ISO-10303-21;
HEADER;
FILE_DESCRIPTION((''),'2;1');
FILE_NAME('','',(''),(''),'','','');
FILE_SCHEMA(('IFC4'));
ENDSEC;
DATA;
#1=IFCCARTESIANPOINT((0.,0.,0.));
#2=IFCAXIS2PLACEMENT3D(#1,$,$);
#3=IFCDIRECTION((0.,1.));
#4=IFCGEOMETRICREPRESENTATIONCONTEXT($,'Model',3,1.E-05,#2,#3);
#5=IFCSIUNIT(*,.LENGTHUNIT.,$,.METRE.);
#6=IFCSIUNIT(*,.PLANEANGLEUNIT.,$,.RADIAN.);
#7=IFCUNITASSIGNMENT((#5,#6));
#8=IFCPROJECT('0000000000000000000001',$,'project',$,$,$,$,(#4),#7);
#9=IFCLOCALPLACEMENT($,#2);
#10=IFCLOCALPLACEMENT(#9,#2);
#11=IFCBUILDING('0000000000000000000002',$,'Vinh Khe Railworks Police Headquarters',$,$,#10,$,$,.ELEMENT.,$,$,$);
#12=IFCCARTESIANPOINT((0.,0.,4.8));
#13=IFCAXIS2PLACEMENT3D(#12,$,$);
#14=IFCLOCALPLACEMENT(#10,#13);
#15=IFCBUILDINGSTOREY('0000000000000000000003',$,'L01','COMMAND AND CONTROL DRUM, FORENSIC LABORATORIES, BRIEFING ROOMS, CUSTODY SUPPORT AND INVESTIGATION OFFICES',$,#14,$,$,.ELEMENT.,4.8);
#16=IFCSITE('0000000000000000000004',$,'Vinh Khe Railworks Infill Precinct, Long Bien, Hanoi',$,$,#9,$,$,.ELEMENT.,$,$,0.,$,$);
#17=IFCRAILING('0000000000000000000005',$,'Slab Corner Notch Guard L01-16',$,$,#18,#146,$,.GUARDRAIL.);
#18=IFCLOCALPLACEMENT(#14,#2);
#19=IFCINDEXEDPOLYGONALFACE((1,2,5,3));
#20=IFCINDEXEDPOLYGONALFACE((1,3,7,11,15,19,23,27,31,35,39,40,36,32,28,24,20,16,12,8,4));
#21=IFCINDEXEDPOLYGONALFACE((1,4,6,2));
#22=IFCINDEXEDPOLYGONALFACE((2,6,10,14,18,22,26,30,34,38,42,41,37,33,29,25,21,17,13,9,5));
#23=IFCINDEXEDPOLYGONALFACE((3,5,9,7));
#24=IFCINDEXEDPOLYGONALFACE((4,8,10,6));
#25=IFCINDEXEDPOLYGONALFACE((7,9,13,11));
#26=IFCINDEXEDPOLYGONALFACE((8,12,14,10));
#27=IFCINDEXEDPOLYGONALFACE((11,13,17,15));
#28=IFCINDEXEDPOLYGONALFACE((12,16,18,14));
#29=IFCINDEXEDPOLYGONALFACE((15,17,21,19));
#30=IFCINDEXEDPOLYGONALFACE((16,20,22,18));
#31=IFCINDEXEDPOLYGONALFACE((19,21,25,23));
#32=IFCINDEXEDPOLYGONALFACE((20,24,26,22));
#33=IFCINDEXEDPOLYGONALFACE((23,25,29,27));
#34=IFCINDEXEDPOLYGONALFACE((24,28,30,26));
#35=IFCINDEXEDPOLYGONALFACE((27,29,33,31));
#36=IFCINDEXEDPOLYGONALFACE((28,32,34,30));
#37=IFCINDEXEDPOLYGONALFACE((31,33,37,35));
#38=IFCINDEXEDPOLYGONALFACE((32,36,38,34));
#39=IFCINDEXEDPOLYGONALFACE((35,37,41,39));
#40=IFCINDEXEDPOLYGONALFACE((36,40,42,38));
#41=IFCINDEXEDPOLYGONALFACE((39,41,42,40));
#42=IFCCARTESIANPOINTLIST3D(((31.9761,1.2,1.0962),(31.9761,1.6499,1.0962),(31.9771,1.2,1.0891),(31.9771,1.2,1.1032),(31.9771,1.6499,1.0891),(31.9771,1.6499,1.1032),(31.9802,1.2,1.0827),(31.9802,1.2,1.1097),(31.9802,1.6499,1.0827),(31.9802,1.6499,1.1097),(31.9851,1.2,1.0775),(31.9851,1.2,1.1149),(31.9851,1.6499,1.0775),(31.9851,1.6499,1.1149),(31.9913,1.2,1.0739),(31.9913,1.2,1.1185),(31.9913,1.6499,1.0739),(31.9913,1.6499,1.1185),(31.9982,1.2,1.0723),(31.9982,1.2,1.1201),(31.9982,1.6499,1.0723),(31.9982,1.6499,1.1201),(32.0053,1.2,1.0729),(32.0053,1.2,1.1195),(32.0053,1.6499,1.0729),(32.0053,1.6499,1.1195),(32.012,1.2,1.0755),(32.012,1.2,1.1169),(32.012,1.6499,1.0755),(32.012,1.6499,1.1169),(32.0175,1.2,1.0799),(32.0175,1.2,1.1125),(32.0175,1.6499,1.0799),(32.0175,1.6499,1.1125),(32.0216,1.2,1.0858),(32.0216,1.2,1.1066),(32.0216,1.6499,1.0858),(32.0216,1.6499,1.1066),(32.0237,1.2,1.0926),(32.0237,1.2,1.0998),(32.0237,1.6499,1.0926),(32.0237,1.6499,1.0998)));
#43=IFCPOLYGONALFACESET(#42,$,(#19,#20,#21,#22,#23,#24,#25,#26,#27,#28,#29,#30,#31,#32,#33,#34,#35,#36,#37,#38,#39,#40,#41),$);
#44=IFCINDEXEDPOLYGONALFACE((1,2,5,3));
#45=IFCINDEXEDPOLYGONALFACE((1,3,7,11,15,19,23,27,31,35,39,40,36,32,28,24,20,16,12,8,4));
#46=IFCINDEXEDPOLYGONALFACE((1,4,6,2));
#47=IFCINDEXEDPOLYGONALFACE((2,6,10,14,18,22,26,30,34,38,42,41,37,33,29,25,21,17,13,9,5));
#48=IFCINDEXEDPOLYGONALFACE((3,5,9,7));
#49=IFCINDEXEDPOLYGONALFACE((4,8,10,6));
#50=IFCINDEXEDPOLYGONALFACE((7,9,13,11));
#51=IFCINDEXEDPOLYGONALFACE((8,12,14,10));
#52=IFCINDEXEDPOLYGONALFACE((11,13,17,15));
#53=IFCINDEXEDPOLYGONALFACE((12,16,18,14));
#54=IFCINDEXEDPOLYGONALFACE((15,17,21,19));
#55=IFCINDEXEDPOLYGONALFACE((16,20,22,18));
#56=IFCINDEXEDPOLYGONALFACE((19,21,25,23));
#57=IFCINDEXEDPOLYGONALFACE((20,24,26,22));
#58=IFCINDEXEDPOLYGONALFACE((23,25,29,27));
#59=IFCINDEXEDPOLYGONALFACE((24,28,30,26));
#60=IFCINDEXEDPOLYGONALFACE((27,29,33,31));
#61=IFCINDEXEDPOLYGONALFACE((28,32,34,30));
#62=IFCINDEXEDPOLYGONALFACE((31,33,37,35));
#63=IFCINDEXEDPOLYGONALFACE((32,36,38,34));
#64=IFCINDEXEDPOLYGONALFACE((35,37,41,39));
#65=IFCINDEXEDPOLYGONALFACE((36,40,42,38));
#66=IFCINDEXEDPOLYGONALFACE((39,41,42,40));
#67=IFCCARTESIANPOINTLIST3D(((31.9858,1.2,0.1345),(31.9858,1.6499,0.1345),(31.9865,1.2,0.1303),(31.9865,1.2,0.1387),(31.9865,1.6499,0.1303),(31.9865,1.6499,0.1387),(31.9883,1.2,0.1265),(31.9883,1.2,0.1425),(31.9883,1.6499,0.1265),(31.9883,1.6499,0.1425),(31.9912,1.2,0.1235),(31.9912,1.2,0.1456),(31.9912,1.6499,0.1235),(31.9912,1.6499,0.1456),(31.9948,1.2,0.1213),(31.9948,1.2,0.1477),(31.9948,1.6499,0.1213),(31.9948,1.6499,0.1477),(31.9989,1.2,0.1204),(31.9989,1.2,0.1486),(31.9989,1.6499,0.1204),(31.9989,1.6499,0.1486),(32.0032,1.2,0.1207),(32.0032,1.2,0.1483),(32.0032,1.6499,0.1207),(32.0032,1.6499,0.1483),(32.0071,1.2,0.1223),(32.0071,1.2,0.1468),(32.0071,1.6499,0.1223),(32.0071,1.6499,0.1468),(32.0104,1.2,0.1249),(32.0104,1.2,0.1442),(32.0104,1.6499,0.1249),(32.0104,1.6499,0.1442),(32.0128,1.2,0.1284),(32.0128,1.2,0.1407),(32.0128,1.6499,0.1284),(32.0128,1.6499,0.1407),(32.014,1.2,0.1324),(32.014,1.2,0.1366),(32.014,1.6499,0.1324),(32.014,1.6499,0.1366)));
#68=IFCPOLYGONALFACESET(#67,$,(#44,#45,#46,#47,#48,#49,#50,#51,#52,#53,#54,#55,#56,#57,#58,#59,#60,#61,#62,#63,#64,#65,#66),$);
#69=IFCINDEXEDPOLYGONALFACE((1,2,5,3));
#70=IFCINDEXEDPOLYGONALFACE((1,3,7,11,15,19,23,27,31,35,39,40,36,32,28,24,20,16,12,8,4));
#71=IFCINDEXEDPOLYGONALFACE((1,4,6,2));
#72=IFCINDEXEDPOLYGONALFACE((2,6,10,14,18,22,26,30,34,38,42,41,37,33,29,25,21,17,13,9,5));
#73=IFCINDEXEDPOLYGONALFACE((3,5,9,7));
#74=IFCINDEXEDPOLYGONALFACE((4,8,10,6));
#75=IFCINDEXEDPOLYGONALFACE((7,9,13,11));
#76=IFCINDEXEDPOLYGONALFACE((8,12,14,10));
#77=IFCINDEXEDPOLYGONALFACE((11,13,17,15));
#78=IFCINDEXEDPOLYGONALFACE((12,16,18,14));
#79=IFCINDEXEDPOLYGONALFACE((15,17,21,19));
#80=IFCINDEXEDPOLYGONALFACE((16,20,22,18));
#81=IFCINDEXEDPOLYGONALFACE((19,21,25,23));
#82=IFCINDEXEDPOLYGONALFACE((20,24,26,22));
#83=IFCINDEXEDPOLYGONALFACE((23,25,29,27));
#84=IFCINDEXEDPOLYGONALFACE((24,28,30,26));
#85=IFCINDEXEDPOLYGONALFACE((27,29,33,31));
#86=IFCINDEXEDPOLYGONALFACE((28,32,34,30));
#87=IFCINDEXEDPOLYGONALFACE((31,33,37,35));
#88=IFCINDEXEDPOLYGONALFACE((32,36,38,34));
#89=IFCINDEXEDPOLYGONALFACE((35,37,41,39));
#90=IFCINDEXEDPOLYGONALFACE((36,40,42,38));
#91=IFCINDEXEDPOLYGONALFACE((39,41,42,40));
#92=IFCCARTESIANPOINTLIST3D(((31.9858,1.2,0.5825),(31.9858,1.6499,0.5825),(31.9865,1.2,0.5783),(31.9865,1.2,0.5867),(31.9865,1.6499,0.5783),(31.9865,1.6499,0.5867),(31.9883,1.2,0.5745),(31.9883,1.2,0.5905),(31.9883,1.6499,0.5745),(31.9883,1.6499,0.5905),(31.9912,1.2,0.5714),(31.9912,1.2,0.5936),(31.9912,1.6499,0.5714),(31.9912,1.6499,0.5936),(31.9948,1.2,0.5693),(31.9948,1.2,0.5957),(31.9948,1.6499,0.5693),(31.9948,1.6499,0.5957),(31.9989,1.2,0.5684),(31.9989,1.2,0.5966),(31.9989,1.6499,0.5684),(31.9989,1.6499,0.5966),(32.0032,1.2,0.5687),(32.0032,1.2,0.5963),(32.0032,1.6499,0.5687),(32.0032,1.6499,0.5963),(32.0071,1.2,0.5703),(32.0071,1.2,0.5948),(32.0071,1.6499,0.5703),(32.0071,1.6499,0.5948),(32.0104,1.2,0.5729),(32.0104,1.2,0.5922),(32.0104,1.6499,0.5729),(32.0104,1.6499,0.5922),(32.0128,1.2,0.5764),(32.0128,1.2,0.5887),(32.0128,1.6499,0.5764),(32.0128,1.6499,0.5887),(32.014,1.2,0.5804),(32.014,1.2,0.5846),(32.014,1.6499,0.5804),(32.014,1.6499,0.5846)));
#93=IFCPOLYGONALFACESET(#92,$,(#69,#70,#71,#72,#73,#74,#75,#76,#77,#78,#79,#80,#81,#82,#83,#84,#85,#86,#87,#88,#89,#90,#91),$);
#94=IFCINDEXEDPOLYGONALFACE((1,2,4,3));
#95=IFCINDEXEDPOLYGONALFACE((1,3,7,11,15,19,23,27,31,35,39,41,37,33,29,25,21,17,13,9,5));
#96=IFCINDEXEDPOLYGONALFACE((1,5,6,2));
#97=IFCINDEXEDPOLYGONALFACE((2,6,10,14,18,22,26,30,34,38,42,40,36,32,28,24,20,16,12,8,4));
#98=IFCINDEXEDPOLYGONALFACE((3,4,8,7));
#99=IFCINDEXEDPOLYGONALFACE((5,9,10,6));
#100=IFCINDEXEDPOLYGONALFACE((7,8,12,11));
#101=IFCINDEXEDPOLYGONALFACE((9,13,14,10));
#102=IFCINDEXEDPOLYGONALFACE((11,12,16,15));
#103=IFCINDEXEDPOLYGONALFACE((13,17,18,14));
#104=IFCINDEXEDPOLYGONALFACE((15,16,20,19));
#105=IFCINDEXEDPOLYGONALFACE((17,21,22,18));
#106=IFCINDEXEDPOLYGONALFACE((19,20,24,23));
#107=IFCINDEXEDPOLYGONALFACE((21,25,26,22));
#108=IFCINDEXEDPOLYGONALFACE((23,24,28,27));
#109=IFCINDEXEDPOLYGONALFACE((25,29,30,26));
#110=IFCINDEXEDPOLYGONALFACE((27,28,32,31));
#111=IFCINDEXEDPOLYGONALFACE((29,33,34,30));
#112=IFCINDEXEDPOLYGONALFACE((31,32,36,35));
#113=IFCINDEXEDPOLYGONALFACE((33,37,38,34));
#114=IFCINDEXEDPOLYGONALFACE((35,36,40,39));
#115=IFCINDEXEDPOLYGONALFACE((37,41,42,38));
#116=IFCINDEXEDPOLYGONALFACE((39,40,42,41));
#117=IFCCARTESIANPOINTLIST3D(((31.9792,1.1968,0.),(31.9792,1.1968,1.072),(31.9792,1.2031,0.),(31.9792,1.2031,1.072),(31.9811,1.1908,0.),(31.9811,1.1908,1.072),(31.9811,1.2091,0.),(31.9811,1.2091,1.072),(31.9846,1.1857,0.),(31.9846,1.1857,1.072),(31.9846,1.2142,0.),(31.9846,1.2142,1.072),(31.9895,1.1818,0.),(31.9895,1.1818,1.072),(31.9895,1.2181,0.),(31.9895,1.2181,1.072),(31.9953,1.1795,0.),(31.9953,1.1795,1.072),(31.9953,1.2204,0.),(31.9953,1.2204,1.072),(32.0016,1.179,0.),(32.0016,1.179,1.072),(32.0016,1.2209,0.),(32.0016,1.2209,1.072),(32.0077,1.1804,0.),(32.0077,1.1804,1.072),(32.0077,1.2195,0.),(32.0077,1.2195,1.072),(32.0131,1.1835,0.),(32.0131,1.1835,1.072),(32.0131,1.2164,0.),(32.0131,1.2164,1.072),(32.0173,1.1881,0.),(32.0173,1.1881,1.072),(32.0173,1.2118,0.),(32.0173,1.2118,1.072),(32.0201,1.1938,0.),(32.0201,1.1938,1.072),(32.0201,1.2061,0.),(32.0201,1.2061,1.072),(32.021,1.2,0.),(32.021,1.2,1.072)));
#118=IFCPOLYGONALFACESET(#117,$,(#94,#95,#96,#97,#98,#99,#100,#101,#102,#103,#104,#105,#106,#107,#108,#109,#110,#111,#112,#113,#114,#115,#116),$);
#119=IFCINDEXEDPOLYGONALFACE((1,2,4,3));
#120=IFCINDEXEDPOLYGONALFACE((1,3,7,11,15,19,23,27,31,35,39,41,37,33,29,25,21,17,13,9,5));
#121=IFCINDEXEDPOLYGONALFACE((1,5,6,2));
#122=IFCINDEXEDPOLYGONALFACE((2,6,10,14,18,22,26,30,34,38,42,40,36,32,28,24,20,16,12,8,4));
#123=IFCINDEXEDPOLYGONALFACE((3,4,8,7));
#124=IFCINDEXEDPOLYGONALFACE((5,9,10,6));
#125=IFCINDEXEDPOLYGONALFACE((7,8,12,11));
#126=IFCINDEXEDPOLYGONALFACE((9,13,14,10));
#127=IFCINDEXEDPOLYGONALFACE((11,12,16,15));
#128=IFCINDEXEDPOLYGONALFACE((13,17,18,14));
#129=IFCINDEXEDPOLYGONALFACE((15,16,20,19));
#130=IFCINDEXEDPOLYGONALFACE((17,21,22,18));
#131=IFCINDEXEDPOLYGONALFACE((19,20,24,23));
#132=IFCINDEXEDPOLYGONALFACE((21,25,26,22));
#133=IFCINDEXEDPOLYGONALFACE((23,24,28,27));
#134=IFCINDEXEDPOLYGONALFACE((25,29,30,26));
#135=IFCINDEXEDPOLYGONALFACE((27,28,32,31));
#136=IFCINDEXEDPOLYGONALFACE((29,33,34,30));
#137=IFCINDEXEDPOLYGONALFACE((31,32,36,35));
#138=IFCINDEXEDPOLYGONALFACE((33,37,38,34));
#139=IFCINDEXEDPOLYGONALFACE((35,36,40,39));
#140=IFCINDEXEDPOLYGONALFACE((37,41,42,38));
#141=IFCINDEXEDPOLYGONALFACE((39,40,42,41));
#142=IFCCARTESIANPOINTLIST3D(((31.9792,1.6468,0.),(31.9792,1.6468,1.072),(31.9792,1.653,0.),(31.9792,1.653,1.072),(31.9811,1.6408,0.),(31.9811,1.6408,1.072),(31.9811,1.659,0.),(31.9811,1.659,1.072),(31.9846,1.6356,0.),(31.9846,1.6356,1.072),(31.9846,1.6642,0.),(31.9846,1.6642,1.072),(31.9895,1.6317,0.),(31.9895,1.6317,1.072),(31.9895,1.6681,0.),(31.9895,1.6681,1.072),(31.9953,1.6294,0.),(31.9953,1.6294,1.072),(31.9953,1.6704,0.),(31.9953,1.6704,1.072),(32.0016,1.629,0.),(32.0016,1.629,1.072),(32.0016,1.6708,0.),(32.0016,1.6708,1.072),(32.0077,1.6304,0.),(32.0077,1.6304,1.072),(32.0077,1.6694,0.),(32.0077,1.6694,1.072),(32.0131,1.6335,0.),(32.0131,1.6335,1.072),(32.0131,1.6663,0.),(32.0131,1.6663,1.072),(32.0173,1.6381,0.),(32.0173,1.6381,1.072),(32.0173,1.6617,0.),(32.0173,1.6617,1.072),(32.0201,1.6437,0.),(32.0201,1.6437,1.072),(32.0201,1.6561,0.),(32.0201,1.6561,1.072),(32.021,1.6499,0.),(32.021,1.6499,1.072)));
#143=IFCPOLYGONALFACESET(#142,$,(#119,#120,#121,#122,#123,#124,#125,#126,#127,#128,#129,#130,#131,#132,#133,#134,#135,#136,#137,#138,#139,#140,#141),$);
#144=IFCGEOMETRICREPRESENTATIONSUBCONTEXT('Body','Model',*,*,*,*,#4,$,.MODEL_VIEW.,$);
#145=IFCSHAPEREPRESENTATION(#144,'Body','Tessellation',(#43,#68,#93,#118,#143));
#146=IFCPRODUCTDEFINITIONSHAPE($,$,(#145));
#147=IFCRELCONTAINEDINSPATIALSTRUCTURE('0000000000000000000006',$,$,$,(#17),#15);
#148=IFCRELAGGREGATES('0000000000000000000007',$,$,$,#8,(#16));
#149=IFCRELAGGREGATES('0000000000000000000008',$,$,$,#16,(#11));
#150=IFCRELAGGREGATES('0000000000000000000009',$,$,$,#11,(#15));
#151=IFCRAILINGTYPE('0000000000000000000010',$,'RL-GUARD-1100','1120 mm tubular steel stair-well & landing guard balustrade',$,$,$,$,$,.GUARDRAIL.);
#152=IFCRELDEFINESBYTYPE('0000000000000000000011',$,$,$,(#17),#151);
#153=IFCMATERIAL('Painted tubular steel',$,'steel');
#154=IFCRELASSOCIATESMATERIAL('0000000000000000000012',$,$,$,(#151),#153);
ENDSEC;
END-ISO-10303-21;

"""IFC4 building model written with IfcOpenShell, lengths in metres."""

from ifc_helpers import new_model, si_unit, direction, frame, origin, origin_2d, place, context, subcontext, project, spatial, circle, extrude, material, type_object, element, save


model = new_model("IFC4")

# Units and contexts
model_context = context("Model", 3, precision=1e-05, world=origin(), true_north=direction((0.0, 1.0)))
body_context = subcontext(model_context, "Body", "Model", "MODEL_VIEW")
ifc_project = project(units=[si_unit("LENGTHUNIT", "METRE"), si_unit("PLANEANGLEUNIT", "RADIAN")], contexts=[model_context])

# Site, building, storey
site_placement = place(None, origin())
site = spatial("IfcSite", under=ifc_project, at=site_placement, Name="Vinh Khe Railworks Infill Precinct, Long Bien, Hanoi", CompositionType="ELEMENT", RefElevation=0.0)
building_placement = place(site_placement, origin())
building = spatial("IfcBuilding", under=site, at=building_placement, Name="Vinh Khe Railworks Police Headquarters", CompositionType="ELEMENT")
storey_placement = place(building_placement, frame((0.0, 0.0, 4.8)))
storey = spatial("IfcBuildingStorey", under=building, at=storey_placement, Name="L01", Description="COMMAND AND CONTROL DRUM, FORENSIC LABORATORIES, BRIEFING ROOMS, CUSTODY SUPPORT AND INVESTIGATION OFFICES", CompositionType="ELEMENT", Elevation=4.8)

# Railing
ifc_material_1 = material(Name="Painted tubular steel", Category="steel")
railing_type = type_object("IfcRailingType", Name="RL-GUARD-1100", Description="1120 mm tubular steel stair-well & landing guard balustrade", PredefinedType="GUARDRAIL", material=ifc_material_1)
railing_1_placement = place(storey_placement, frame((32.0, 1.2, 0.0)))
element("IfcRailing", 1, at=railing_1_placement, inside=storey, type_object=railing_type, Name="Slab Corner Notch Guard L01-16", PredefinedType="GUARDRAIL", context=body_context, shape_type="SweptSolid", body=[
    extrude(circle(Radius=0.0239, at=origin_2d()), frame((0.0, 0.0, 1.0962), z_axis=(0.0, 1.0, 0.0), x_axis=(-1.0, 0.0, 0.0)), (0.0, 0.0, 1.0), 0.45),
    extrude(circle(Radius=0.0142, at=origin_2d()), frame((0.0, 0.0, 0.1345), z_axis=(0.0, 1.0, 0.0), x_axis=(-1.0, 0.0, 0.0)), (0.0, 0.0, 1.0), 0.45),
    extrude(circle(Radius=0.0142, at=origin_2d()), frame((0.0, 0.0, 0.5825), z_axis=(0.0, 1.0, 0.0), x_axis=(-1.0, 0.0, 0.0)), (0.0, 0.0, 1.0), 0.45),
    extrude(circle(Radius=0.021, at=origin_2d()), origin(), (0.0, 0.0, 1.0), 1.072),
    extrude(circle(Radius=0.021, at=origin_2d()), frame((0.0, 0.45, 0.0)), (0.0, 0.0, 1.0), 1.072),
])

save(model, "model.ifc")
